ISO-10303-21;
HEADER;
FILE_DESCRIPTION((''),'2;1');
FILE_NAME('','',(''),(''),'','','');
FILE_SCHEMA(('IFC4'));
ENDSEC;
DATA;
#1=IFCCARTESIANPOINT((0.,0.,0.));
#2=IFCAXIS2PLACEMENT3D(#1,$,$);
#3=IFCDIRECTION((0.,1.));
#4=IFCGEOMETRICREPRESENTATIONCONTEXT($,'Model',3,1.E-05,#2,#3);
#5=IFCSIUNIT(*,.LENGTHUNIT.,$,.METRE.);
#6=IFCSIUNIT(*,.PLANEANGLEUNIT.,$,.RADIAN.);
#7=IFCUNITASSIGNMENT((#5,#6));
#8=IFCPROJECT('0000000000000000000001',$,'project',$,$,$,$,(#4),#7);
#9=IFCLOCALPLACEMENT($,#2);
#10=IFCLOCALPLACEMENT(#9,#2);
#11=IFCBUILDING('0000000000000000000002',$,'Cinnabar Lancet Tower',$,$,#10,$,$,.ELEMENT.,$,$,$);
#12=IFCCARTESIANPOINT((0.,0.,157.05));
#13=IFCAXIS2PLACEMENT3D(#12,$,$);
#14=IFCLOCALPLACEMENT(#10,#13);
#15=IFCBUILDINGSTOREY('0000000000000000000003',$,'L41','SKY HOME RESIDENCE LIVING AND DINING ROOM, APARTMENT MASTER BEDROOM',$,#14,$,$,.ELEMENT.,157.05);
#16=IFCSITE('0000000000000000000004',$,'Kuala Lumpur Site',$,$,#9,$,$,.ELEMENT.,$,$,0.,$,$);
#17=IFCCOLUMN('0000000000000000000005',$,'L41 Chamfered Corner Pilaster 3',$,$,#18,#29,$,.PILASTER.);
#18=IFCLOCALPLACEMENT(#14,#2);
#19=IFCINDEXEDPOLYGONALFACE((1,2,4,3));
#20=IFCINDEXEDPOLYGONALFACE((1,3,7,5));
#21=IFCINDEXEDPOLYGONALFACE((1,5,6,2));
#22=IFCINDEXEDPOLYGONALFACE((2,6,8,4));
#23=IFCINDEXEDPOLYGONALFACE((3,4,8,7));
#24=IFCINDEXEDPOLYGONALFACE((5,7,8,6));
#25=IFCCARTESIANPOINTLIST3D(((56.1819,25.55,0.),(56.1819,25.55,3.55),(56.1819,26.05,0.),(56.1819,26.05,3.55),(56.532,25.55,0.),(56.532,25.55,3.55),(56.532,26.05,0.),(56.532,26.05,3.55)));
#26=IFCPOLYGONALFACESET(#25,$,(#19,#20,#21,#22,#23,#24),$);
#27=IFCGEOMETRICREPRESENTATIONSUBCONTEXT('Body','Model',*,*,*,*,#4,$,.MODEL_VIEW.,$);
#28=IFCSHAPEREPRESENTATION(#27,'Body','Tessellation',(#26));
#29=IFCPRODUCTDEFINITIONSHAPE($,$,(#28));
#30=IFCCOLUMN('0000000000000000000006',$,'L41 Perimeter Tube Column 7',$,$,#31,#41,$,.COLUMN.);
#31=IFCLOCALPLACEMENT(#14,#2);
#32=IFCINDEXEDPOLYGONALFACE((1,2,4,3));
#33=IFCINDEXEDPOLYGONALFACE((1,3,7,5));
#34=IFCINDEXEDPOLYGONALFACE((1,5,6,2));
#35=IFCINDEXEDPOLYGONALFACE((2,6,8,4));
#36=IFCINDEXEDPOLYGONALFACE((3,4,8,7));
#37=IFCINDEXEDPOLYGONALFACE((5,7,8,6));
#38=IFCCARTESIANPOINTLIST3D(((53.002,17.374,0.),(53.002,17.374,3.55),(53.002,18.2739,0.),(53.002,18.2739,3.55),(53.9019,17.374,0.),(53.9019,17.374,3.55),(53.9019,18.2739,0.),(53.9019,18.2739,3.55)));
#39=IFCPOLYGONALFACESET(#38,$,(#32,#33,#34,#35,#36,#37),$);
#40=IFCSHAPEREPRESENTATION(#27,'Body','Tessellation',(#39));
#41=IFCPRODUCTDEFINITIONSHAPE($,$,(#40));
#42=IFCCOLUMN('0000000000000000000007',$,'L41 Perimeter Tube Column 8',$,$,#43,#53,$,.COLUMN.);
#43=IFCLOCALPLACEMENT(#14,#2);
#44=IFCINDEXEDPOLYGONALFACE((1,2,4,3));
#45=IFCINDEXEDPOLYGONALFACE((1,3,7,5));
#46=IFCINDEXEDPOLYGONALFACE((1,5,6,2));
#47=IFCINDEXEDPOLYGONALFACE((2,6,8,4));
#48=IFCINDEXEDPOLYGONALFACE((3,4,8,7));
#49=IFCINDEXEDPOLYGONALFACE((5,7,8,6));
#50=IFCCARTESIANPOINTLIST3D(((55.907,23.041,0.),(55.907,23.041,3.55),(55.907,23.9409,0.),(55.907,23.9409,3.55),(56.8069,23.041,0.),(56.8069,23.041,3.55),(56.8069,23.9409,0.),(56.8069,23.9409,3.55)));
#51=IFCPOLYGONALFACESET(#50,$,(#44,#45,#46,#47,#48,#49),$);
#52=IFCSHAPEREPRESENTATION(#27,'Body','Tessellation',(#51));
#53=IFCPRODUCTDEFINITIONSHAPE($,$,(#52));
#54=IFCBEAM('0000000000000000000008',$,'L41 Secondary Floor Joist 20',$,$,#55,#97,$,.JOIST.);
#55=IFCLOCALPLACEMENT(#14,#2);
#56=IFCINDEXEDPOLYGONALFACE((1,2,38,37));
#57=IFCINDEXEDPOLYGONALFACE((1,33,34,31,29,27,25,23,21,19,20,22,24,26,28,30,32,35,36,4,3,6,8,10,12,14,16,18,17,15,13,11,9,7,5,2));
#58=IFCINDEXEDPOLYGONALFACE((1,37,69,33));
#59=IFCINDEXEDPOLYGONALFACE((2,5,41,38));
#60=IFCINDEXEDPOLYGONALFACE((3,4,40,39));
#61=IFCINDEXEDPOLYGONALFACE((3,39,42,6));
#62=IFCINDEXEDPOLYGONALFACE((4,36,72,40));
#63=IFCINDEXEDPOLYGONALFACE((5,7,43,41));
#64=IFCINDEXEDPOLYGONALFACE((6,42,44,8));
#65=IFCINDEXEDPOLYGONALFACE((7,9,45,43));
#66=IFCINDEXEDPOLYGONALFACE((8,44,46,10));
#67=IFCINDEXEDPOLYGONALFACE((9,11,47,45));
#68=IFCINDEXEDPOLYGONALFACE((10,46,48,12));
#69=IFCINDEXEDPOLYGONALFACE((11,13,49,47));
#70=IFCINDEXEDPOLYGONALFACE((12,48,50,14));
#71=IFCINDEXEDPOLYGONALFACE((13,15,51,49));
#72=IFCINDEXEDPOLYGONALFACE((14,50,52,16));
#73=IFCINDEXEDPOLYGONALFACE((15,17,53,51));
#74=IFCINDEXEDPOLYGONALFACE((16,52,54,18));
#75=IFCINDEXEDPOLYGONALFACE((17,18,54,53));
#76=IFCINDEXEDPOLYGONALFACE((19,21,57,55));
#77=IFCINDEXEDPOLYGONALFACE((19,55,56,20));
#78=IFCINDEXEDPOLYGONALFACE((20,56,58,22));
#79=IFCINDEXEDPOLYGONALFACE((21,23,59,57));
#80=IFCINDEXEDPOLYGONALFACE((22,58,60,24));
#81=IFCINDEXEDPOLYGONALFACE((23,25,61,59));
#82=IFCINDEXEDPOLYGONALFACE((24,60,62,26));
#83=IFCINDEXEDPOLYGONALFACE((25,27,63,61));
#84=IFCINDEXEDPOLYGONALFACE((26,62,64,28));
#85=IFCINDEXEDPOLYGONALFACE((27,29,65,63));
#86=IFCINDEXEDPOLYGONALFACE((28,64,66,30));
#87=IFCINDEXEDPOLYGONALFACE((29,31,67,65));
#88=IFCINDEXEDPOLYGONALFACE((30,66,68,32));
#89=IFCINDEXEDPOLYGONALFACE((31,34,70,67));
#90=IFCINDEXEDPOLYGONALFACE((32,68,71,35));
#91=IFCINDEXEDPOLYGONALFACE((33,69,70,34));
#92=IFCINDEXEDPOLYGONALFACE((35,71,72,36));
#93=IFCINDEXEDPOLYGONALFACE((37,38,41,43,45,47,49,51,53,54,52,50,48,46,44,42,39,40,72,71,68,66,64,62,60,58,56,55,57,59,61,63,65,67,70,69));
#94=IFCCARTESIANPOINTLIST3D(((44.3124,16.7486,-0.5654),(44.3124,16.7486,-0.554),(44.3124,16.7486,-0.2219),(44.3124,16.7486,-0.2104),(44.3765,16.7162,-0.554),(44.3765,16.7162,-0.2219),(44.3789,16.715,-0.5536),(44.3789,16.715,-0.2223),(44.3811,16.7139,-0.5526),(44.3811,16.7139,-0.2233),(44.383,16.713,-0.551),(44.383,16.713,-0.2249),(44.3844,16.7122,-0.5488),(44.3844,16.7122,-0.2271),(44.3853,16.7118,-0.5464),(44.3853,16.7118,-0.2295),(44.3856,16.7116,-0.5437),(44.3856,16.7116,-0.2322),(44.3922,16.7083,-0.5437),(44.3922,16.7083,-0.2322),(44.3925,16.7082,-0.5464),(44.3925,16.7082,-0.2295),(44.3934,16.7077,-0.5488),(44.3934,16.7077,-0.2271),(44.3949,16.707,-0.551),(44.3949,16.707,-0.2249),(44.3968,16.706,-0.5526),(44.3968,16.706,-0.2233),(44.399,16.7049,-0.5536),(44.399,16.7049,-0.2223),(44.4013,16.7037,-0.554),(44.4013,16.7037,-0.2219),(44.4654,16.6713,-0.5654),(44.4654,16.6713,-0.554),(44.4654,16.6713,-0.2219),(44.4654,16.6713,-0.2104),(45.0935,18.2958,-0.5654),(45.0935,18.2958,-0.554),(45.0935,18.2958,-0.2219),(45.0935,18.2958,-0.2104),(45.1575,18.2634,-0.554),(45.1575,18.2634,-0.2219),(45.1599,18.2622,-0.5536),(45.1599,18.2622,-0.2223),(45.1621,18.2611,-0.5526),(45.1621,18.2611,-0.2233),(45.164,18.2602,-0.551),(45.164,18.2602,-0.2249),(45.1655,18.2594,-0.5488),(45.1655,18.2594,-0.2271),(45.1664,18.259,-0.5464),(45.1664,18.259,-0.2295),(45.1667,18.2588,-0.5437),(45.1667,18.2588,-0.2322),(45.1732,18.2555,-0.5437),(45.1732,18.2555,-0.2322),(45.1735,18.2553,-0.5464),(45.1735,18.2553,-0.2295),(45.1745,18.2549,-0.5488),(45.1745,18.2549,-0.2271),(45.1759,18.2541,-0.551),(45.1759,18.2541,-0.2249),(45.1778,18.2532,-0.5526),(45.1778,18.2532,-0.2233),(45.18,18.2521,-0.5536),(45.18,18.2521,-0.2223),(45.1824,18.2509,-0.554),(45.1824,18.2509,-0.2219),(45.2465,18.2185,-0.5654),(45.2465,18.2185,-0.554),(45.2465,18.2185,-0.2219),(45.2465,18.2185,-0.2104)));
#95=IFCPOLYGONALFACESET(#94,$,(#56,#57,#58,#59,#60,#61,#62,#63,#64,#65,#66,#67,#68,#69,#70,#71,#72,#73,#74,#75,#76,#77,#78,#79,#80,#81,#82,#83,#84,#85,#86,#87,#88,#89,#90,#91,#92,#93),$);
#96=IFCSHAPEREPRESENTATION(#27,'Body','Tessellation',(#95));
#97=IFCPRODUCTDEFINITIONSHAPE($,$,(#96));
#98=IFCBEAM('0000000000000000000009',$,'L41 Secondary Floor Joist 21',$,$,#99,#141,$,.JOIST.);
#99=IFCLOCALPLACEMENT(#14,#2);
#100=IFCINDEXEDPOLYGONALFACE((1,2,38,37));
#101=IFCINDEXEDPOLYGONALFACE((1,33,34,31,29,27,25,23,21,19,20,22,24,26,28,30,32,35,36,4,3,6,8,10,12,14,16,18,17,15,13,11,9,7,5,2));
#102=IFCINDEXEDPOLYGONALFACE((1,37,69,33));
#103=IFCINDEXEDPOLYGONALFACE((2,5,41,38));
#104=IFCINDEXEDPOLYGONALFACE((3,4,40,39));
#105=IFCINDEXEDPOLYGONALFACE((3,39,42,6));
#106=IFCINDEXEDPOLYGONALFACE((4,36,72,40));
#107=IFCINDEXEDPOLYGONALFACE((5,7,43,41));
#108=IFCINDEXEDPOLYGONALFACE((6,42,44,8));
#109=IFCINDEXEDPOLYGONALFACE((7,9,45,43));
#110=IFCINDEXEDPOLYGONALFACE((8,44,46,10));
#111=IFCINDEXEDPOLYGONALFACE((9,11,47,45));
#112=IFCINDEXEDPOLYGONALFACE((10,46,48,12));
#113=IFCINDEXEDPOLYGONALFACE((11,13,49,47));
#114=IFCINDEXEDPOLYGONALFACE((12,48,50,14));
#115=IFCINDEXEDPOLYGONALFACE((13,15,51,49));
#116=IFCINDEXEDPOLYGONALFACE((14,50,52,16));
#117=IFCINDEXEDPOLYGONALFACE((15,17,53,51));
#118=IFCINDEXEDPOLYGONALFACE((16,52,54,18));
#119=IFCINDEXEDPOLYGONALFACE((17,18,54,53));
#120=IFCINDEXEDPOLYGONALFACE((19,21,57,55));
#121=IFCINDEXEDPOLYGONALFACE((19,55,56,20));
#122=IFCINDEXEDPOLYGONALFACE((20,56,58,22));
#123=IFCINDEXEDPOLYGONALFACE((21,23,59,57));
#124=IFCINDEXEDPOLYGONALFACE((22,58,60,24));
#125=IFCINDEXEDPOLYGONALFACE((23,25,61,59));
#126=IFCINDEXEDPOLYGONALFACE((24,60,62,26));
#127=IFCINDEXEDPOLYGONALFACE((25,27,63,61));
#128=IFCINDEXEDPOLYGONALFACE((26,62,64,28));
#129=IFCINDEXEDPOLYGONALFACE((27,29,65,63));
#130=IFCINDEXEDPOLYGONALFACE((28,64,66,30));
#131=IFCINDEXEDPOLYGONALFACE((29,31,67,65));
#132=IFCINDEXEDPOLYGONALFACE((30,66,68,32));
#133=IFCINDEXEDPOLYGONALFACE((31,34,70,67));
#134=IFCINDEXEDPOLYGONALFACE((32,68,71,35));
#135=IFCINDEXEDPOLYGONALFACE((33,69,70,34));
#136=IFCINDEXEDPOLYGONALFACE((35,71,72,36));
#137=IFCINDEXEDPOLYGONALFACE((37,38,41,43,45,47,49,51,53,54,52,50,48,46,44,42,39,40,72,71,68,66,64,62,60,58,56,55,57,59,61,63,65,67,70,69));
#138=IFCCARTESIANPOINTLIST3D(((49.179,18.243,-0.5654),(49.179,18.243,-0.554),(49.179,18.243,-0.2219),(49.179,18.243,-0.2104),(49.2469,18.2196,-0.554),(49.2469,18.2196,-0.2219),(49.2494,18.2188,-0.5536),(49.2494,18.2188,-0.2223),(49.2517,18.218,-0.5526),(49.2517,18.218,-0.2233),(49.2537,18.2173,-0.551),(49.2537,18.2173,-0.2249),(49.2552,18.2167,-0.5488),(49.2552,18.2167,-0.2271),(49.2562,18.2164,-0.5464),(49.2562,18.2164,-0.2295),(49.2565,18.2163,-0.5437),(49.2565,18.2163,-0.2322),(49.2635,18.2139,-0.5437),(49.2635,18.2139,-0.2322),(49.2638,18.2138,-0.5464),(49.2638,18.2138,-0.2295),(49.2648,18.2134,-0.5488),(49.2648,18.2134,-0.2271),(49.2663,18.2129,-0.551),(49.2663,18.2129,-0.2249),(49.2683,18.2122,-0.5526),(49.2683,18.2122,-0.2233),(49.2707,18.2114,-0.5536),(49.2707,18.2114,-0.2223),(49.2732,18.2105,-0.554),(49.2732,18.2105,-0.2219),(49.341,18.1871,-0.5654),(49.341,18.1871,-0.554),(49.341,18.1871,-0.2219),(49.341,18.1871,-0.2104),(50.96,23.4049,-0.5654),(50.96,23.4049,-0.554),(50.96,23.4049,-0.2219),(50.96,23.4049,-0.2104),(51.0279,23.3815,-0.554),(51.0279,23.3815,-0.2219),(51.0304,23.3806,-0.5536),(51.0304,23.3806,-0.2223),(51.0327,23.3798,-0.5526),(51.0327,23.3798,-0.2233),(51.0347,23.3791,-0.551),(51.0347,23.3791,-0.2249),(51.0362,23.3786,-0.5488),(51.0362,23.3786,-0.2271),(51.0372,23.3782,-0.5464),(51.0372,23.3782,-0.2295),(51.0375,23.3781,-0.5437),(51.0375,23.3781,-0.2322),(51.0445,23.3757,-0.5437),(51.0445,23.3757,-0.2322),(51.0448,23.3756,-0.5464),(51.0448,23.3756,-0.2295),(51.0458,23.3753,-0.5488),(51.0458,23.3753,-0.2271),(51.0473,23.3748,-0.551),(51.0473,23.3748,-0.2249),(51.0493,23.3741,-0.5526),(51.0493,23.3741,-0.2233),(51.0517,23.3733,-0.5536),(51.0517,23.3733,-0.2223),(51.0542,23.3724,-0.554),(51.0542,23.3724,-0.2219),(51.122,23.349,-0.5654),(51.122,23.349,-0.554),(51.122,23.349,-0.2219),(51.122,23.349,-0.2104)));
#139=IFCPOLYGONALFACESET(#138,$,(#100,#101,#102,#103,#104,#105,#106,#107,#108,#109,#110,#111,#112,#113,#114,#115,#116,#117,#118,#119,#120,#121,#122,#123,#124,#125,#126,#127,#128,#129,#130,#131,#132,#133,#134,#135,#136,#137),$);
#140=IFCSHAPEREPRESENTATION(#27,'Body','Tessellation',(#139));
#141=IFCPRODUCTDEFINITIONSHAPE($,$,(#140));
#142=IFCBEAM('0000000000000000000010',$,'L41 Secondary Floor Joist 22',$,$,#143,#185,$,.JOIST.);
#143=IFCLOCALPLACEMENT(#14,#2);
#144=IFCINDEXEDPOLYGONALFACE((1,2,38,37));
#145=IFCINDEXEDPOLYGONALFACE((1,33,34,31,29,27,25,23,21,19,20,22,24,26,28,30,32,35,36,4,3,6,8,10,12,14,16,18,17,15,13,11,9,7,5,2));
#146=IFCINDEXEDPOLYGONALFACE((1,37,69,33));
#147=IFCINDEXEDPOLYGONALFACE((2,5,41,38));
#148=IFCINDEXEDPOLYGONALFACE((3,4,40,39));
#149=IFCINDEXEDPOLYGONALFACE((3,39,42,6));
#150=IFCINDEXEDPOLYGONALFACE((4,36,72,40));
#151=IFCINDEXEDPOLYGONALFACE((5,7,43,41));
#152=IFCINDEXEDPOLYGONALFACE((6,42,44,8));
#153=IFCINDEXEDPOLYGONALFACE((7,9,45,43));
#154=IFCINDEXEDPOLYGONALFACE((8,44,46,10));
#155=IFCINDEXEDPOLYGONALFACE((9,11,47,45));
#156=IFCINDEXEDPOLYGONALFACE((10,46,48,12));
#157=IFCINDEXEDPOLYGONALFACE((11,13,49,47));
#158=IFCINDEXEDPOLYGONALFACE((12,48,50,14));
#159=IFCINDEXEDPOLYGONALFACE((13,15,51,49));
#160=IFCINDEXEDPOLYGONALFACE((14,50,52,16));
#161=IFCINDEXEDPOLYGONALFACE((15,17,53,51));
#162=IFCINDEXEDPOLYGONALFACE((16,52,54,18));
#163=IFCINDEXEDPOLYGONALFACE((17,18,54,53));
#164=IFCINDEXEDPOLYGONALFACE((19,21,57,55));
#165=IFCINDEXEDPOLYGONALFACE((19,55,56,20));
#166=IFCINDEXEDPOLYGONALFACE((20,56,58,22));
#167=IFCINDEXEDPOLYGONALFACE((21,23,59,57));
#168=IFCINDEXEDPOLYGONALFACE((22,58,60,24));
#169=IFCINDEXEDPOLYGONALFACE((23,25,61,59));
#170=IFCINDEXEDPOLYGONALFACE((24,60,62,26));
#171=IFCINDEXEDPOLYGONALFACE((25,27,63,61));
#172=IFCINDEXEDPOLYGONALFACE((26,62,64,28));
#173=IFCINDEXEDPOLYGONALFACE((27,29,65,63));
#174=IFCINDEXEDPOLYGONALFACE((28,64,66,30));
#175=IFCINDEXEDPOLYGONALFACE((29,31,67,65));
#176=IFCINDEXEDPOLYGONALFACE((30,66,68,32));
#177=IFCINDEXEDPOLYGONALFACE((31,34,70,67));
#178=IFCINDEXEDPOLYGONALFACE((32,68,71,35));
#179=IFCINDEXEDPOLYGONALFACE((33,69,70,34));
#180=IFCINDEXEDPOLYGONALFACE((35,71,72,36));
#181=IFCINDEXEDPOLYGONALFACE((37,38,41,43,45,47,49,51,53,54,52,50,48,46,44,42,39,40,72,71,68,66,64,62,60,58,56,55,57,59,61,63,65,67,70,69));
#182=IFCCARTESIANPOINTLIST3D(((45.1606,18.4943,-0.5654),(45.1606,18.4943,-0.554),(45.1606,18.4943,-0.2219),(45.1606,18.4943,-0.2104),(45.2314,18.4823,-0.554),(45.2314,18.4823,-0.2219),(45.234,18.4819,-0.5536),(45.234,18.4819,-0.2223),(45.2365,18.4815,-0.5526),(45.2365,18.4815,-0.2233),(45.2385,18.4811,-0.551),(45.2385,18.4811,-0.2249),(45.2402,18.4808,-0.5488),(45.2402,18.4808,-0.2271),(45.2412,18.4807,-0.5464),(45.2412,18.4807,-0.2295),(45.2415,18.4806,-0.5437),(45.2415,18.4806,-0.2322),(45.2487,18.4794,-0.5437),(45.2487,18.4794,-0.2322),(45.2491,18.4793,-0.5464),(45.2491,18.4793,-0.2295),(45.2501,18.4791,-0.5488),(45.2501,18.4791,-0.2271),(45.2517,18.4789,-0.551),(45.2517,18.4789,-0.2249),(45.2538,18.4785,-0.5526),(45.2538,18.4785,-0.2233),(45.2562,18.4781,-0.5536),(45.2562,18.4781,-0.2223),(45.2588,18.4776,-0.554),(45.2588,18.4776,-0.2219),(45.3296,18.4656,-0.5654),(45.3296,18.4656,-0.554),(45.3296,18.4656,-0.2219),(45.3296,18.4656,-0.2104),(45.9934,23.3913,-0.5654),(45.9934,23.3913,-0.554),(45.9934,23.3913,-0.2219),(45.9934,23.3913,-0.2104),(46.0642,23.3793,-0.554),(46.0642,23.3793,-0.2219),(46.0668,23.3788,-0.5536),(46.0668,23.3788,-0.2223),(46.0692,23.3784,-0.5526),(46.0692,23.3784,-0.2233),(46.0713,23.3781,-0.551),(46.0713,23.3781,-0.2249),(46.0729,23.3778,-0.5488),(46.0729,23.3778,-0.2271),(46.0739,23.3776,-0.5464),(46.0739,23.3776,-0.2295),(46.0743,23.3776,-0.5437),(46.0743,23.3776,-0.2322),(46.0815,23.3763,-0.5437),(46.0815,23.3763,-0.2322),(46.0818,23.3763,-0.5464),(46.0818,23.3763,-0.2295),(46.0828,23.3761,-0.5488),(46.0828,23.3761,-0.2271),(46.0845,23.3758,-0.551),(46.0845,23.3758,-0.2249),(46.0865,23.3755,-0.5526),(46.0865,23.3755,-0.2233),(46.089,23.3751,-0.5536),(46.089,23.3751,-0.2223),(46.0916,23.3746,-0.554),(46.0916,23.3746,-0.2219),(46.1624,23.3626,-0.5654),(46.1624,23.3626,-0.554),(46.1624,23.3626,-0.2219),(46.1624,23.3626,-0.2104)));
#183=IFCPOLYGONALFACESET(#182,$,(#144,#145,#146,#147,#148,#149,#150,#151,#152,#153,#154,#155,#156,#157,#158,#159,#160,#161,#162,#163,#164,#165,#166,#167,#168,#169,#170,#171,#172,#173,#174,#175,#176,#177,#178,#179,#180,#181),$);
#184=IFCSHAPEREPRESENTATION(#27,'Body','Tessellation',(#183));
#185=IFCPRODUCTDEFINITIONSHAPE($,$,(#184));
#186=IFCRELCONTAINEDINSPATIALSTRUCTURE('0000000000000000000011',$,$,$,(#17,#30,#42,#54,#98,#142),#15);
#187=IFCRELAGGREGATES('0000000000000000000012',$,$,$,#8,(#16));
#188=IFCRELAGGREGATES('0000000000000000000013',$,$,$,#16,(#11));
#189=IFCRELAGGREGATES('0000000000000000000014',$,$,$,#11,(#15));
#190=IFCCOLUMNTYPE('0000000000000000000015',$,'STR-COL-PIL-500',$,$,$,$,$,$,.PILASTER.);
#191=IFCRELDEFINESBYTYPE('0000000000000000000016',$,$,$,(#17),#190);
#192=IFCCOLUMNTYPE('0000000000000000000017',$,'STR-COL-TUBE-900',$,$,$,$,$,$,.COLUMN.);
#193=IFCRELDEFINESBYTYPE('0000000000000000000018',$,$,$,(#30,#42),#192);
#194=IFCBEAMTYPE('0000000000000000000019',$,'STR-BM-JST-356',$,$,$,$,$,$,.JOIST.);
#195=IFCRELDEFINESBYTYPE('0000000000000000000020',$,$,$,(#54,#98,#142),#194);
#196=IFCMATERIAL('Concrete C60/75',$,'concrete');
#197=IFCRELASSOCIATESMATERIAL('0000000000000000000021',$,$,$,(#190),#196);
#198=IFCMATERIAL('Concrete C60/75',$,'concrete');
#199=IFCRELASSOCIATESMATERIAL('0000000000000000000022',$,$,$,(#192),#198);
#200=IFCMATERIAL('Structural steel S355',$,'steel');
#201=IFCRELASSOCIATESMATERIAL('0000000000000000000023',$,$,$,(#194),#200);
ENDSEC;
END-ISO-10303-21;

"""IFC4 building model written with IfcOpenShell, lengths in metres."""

from ifc_helpers import new_model, si_unit, direction, frame, origin, origin_2d, place, context, subcontext, project, spatial, rectangle, i_section, extrude, material, material_profile, profile_set, type_object, element, save


model = new_model("IFC4")

# Units and contexts
model_context = context("Model", 3, precision=1e-05, world=origin(), true_north=direction((0.0, 1.0)))
body_context = subcontext(model_context, "Body", "Model", "MODEL_VIEW")
ifc_project = project(units=[si_unit("LENGTHUNIT", "METRE"), si_unit("PLANEANGLEUNIT", "RADIAN")], contexts=[model_context])

# Site, building, storey
site_placement = place(None, origin())
site = spatial("IfcSite", under=ifc_project, at=site_placement, Name="Kuala Lumpur Site", CompositionType="ELEMENT", RefElevation=0.0)
building_placement = place(site_placement, origin())
building = spatial("IfcBuilding", under=site, at=building_placement, Name="Cinnabar Lancet Tower", CompositionType="ELEMENT")
storey_placement = place(building_placement, frame((0.0, 0.0, 157.05)))
storey = spatial("IfcBuildingStorey", under=building, at=storey_placement, Name="L41", Description="SKY HOME RESIDENCE LIVING AND DINING ROOM, APARTMENT MASTER BEDROOM", CompositionType="ELEMENT", Elevation=157.05)

# Columns
ifc_material_1 = material(Name="Concrete C60/75", Category="concrete")
ifc_material_profile_1 = material_profile(ifc_material_1, rectangle(XDim=0.5, YDim=0.3501, at=origin_2d()), Name="RC-PIL 500x350")
ifc_profile_set_1 = profile_set([ifc_material_profile_1], Name="Concrete C60/75")
column_type_1 = type_object("IfcColumnType", Name="STR-COL-PIL-500", PredefinedType="PILASTER", material=ifc_profile_set_1)
column_placement = place(storey_placement, frame((56.3569, 25.8, 0.0), z_axis=(0.0, 0.0, 1.0), x_axis=(0.0, 1.0, 0.0)))
element("IfcColumn", 1, at=column_placement, inside=storey, type_object=column_type_1, Name="L41 Chamfered Corner Pilaster 3", PredefinedType="PILASTER", context=body_context, shape_type="SweptSolid", body=[
    extrude(rectangle(XDim=0.5, YDim=0.3501, at=origin_2d()), origin(), (0.0, 0.0, 1.0), 3.55),
])
ifc_material_2 = material(Name="Concrete C60/75", Category="concrete")
ifc_material_profile_2 = material_profile(ifc_material_2, rectangle(XDim=0.8999, YDim=0.8999, at=origin_2d()), Name="RC-COL 900x900")
ifc_profile_set_2 = profile_set([ifc_material_profile_2], Name="Concrete C60/75")
column_type_2 = type_object("IfcColumnType", Name="STR-COL-TUBE-900", PredefinedType="COLUMN", material=ifc_profile_set_2)
for number, where, z_axis, x_axis, name in (
    (2, (53.4519, 17.824, 0.0), (0.0, 0.0, 1.0), (1.0, 0.0, 0.0), "L41 Perimeter Tube Column 7"),
    (3, (56.3569, 23.491, 0.0), (0.0, 0.0, 1.0), (1.0, 0.0, 0.0), "L41 Perimeter Tube Column 8"),
):
    element("IfcColumn", number, at=place(storey_placement, frame(where, z_axis=z_axis, x_axis=x_axis)), inside=storey, type_object=column_type_2, Name=name, PredefinedType="COLUMN", context=body_context, shape_type="SweptSolid", body=[
        extrude(rectangle(XDim=0.8999, YDim=0.8999, at=origin_2d()), origin(), (0.0, 0.0, 1.0), 3.55),
    ])

# Beams
ifc_material_3 = material(Name="Structural steel S355", Category="steel")
ifc_material_profile_3 = material_profile(ifc_material_3, i_section(OverallWidth=0.1714, OverallDepth=0.355, WebThickness=0.0073, FlangeThickness=0.0115, FilletRadius=0.0103, at=origin_2d()), Name="UKB 356x171x51")
ifc_profile_set_3 = profile_set([ifc_material_profile_3], Name="Structural steel S355")
beam_type_1 = type_object("IfcBeamType", Name="STR-BM-JST-356", PredefinedType="JOIST", material=ifc_profile_set_3)
beam_1_placement = place(storey_placement, frame((44.3889, 16.71, -0.3879), z_axis=(0.450648, 0.892702, 0.0), x_axis=(-0.892702, 0.450648, 0.0)))
element("IfcBeam", 4, at=beam_1_placement, inside=storey, type_object=beam_type_1, Name="L41 Secondary Floor Joist 20", PredefinedType="JOIST", context=body_context, shape_type="SweptSolid", body=[
    extrude(i_section(OverallWidth=0.1714, OverallDepth=0.355, WebThickness=0.0073, FlangeThickness=0.0115, FilletRadius=0.0103, at=origin_2d()), origin(), (0.0, 0.0, 1.0), 1.7332),
])
beam_2_placement = place(storey_placement, frame((49.26, 18.2151, -0.3879), z_axis=(0.326163, 0.945314, 0.0), x_axis=(-0.945314, 0.326163, 0.0)))
element("IfcBeam", 5, at=beam_2_placement, inside=storey, type_object=beam_type_1, Name="L41 Secondary Floor Joist 21", PredefinedType="JOIST", context=body_context, shape_type="SweptSolid", body=[
    extrude(i_section(OverallWidth=0.1714, OverallDepth=0.355, WebThickness=0.0073, FlangeThickness=0.0115, FilletRadius=0.0103, at=origin_2d()), origin(), (0.0, 0.0, 1.0), 5.4604),
])
beam_3_placement = place(storey_placement, frame((45.2451, 18.48, -0.3879), z_axis=(0.16765, 0.985847, 0.0), x_axis=(-0.985847, 0.16765, 0.0)))
element("IfcBeam", 6, at=beam_3_placement, inside=storey, type_object=beam_type_1, Name="L41 Secondary Floor Joist 22", PredefinedType="JOIST", context=body_context, shape_type="SweptSolid", body=[
    extrude(i_section(OverallWidth=0.1714, OverallDepth=0.355, WebThickness=0.0073, FlangeThickness=0.0115, FilletRadius=0.0103, at=origin_2d()), origin(), (0.0, 0.0, 1.0), 4.9673),
])

save(model, "model.ifc")
